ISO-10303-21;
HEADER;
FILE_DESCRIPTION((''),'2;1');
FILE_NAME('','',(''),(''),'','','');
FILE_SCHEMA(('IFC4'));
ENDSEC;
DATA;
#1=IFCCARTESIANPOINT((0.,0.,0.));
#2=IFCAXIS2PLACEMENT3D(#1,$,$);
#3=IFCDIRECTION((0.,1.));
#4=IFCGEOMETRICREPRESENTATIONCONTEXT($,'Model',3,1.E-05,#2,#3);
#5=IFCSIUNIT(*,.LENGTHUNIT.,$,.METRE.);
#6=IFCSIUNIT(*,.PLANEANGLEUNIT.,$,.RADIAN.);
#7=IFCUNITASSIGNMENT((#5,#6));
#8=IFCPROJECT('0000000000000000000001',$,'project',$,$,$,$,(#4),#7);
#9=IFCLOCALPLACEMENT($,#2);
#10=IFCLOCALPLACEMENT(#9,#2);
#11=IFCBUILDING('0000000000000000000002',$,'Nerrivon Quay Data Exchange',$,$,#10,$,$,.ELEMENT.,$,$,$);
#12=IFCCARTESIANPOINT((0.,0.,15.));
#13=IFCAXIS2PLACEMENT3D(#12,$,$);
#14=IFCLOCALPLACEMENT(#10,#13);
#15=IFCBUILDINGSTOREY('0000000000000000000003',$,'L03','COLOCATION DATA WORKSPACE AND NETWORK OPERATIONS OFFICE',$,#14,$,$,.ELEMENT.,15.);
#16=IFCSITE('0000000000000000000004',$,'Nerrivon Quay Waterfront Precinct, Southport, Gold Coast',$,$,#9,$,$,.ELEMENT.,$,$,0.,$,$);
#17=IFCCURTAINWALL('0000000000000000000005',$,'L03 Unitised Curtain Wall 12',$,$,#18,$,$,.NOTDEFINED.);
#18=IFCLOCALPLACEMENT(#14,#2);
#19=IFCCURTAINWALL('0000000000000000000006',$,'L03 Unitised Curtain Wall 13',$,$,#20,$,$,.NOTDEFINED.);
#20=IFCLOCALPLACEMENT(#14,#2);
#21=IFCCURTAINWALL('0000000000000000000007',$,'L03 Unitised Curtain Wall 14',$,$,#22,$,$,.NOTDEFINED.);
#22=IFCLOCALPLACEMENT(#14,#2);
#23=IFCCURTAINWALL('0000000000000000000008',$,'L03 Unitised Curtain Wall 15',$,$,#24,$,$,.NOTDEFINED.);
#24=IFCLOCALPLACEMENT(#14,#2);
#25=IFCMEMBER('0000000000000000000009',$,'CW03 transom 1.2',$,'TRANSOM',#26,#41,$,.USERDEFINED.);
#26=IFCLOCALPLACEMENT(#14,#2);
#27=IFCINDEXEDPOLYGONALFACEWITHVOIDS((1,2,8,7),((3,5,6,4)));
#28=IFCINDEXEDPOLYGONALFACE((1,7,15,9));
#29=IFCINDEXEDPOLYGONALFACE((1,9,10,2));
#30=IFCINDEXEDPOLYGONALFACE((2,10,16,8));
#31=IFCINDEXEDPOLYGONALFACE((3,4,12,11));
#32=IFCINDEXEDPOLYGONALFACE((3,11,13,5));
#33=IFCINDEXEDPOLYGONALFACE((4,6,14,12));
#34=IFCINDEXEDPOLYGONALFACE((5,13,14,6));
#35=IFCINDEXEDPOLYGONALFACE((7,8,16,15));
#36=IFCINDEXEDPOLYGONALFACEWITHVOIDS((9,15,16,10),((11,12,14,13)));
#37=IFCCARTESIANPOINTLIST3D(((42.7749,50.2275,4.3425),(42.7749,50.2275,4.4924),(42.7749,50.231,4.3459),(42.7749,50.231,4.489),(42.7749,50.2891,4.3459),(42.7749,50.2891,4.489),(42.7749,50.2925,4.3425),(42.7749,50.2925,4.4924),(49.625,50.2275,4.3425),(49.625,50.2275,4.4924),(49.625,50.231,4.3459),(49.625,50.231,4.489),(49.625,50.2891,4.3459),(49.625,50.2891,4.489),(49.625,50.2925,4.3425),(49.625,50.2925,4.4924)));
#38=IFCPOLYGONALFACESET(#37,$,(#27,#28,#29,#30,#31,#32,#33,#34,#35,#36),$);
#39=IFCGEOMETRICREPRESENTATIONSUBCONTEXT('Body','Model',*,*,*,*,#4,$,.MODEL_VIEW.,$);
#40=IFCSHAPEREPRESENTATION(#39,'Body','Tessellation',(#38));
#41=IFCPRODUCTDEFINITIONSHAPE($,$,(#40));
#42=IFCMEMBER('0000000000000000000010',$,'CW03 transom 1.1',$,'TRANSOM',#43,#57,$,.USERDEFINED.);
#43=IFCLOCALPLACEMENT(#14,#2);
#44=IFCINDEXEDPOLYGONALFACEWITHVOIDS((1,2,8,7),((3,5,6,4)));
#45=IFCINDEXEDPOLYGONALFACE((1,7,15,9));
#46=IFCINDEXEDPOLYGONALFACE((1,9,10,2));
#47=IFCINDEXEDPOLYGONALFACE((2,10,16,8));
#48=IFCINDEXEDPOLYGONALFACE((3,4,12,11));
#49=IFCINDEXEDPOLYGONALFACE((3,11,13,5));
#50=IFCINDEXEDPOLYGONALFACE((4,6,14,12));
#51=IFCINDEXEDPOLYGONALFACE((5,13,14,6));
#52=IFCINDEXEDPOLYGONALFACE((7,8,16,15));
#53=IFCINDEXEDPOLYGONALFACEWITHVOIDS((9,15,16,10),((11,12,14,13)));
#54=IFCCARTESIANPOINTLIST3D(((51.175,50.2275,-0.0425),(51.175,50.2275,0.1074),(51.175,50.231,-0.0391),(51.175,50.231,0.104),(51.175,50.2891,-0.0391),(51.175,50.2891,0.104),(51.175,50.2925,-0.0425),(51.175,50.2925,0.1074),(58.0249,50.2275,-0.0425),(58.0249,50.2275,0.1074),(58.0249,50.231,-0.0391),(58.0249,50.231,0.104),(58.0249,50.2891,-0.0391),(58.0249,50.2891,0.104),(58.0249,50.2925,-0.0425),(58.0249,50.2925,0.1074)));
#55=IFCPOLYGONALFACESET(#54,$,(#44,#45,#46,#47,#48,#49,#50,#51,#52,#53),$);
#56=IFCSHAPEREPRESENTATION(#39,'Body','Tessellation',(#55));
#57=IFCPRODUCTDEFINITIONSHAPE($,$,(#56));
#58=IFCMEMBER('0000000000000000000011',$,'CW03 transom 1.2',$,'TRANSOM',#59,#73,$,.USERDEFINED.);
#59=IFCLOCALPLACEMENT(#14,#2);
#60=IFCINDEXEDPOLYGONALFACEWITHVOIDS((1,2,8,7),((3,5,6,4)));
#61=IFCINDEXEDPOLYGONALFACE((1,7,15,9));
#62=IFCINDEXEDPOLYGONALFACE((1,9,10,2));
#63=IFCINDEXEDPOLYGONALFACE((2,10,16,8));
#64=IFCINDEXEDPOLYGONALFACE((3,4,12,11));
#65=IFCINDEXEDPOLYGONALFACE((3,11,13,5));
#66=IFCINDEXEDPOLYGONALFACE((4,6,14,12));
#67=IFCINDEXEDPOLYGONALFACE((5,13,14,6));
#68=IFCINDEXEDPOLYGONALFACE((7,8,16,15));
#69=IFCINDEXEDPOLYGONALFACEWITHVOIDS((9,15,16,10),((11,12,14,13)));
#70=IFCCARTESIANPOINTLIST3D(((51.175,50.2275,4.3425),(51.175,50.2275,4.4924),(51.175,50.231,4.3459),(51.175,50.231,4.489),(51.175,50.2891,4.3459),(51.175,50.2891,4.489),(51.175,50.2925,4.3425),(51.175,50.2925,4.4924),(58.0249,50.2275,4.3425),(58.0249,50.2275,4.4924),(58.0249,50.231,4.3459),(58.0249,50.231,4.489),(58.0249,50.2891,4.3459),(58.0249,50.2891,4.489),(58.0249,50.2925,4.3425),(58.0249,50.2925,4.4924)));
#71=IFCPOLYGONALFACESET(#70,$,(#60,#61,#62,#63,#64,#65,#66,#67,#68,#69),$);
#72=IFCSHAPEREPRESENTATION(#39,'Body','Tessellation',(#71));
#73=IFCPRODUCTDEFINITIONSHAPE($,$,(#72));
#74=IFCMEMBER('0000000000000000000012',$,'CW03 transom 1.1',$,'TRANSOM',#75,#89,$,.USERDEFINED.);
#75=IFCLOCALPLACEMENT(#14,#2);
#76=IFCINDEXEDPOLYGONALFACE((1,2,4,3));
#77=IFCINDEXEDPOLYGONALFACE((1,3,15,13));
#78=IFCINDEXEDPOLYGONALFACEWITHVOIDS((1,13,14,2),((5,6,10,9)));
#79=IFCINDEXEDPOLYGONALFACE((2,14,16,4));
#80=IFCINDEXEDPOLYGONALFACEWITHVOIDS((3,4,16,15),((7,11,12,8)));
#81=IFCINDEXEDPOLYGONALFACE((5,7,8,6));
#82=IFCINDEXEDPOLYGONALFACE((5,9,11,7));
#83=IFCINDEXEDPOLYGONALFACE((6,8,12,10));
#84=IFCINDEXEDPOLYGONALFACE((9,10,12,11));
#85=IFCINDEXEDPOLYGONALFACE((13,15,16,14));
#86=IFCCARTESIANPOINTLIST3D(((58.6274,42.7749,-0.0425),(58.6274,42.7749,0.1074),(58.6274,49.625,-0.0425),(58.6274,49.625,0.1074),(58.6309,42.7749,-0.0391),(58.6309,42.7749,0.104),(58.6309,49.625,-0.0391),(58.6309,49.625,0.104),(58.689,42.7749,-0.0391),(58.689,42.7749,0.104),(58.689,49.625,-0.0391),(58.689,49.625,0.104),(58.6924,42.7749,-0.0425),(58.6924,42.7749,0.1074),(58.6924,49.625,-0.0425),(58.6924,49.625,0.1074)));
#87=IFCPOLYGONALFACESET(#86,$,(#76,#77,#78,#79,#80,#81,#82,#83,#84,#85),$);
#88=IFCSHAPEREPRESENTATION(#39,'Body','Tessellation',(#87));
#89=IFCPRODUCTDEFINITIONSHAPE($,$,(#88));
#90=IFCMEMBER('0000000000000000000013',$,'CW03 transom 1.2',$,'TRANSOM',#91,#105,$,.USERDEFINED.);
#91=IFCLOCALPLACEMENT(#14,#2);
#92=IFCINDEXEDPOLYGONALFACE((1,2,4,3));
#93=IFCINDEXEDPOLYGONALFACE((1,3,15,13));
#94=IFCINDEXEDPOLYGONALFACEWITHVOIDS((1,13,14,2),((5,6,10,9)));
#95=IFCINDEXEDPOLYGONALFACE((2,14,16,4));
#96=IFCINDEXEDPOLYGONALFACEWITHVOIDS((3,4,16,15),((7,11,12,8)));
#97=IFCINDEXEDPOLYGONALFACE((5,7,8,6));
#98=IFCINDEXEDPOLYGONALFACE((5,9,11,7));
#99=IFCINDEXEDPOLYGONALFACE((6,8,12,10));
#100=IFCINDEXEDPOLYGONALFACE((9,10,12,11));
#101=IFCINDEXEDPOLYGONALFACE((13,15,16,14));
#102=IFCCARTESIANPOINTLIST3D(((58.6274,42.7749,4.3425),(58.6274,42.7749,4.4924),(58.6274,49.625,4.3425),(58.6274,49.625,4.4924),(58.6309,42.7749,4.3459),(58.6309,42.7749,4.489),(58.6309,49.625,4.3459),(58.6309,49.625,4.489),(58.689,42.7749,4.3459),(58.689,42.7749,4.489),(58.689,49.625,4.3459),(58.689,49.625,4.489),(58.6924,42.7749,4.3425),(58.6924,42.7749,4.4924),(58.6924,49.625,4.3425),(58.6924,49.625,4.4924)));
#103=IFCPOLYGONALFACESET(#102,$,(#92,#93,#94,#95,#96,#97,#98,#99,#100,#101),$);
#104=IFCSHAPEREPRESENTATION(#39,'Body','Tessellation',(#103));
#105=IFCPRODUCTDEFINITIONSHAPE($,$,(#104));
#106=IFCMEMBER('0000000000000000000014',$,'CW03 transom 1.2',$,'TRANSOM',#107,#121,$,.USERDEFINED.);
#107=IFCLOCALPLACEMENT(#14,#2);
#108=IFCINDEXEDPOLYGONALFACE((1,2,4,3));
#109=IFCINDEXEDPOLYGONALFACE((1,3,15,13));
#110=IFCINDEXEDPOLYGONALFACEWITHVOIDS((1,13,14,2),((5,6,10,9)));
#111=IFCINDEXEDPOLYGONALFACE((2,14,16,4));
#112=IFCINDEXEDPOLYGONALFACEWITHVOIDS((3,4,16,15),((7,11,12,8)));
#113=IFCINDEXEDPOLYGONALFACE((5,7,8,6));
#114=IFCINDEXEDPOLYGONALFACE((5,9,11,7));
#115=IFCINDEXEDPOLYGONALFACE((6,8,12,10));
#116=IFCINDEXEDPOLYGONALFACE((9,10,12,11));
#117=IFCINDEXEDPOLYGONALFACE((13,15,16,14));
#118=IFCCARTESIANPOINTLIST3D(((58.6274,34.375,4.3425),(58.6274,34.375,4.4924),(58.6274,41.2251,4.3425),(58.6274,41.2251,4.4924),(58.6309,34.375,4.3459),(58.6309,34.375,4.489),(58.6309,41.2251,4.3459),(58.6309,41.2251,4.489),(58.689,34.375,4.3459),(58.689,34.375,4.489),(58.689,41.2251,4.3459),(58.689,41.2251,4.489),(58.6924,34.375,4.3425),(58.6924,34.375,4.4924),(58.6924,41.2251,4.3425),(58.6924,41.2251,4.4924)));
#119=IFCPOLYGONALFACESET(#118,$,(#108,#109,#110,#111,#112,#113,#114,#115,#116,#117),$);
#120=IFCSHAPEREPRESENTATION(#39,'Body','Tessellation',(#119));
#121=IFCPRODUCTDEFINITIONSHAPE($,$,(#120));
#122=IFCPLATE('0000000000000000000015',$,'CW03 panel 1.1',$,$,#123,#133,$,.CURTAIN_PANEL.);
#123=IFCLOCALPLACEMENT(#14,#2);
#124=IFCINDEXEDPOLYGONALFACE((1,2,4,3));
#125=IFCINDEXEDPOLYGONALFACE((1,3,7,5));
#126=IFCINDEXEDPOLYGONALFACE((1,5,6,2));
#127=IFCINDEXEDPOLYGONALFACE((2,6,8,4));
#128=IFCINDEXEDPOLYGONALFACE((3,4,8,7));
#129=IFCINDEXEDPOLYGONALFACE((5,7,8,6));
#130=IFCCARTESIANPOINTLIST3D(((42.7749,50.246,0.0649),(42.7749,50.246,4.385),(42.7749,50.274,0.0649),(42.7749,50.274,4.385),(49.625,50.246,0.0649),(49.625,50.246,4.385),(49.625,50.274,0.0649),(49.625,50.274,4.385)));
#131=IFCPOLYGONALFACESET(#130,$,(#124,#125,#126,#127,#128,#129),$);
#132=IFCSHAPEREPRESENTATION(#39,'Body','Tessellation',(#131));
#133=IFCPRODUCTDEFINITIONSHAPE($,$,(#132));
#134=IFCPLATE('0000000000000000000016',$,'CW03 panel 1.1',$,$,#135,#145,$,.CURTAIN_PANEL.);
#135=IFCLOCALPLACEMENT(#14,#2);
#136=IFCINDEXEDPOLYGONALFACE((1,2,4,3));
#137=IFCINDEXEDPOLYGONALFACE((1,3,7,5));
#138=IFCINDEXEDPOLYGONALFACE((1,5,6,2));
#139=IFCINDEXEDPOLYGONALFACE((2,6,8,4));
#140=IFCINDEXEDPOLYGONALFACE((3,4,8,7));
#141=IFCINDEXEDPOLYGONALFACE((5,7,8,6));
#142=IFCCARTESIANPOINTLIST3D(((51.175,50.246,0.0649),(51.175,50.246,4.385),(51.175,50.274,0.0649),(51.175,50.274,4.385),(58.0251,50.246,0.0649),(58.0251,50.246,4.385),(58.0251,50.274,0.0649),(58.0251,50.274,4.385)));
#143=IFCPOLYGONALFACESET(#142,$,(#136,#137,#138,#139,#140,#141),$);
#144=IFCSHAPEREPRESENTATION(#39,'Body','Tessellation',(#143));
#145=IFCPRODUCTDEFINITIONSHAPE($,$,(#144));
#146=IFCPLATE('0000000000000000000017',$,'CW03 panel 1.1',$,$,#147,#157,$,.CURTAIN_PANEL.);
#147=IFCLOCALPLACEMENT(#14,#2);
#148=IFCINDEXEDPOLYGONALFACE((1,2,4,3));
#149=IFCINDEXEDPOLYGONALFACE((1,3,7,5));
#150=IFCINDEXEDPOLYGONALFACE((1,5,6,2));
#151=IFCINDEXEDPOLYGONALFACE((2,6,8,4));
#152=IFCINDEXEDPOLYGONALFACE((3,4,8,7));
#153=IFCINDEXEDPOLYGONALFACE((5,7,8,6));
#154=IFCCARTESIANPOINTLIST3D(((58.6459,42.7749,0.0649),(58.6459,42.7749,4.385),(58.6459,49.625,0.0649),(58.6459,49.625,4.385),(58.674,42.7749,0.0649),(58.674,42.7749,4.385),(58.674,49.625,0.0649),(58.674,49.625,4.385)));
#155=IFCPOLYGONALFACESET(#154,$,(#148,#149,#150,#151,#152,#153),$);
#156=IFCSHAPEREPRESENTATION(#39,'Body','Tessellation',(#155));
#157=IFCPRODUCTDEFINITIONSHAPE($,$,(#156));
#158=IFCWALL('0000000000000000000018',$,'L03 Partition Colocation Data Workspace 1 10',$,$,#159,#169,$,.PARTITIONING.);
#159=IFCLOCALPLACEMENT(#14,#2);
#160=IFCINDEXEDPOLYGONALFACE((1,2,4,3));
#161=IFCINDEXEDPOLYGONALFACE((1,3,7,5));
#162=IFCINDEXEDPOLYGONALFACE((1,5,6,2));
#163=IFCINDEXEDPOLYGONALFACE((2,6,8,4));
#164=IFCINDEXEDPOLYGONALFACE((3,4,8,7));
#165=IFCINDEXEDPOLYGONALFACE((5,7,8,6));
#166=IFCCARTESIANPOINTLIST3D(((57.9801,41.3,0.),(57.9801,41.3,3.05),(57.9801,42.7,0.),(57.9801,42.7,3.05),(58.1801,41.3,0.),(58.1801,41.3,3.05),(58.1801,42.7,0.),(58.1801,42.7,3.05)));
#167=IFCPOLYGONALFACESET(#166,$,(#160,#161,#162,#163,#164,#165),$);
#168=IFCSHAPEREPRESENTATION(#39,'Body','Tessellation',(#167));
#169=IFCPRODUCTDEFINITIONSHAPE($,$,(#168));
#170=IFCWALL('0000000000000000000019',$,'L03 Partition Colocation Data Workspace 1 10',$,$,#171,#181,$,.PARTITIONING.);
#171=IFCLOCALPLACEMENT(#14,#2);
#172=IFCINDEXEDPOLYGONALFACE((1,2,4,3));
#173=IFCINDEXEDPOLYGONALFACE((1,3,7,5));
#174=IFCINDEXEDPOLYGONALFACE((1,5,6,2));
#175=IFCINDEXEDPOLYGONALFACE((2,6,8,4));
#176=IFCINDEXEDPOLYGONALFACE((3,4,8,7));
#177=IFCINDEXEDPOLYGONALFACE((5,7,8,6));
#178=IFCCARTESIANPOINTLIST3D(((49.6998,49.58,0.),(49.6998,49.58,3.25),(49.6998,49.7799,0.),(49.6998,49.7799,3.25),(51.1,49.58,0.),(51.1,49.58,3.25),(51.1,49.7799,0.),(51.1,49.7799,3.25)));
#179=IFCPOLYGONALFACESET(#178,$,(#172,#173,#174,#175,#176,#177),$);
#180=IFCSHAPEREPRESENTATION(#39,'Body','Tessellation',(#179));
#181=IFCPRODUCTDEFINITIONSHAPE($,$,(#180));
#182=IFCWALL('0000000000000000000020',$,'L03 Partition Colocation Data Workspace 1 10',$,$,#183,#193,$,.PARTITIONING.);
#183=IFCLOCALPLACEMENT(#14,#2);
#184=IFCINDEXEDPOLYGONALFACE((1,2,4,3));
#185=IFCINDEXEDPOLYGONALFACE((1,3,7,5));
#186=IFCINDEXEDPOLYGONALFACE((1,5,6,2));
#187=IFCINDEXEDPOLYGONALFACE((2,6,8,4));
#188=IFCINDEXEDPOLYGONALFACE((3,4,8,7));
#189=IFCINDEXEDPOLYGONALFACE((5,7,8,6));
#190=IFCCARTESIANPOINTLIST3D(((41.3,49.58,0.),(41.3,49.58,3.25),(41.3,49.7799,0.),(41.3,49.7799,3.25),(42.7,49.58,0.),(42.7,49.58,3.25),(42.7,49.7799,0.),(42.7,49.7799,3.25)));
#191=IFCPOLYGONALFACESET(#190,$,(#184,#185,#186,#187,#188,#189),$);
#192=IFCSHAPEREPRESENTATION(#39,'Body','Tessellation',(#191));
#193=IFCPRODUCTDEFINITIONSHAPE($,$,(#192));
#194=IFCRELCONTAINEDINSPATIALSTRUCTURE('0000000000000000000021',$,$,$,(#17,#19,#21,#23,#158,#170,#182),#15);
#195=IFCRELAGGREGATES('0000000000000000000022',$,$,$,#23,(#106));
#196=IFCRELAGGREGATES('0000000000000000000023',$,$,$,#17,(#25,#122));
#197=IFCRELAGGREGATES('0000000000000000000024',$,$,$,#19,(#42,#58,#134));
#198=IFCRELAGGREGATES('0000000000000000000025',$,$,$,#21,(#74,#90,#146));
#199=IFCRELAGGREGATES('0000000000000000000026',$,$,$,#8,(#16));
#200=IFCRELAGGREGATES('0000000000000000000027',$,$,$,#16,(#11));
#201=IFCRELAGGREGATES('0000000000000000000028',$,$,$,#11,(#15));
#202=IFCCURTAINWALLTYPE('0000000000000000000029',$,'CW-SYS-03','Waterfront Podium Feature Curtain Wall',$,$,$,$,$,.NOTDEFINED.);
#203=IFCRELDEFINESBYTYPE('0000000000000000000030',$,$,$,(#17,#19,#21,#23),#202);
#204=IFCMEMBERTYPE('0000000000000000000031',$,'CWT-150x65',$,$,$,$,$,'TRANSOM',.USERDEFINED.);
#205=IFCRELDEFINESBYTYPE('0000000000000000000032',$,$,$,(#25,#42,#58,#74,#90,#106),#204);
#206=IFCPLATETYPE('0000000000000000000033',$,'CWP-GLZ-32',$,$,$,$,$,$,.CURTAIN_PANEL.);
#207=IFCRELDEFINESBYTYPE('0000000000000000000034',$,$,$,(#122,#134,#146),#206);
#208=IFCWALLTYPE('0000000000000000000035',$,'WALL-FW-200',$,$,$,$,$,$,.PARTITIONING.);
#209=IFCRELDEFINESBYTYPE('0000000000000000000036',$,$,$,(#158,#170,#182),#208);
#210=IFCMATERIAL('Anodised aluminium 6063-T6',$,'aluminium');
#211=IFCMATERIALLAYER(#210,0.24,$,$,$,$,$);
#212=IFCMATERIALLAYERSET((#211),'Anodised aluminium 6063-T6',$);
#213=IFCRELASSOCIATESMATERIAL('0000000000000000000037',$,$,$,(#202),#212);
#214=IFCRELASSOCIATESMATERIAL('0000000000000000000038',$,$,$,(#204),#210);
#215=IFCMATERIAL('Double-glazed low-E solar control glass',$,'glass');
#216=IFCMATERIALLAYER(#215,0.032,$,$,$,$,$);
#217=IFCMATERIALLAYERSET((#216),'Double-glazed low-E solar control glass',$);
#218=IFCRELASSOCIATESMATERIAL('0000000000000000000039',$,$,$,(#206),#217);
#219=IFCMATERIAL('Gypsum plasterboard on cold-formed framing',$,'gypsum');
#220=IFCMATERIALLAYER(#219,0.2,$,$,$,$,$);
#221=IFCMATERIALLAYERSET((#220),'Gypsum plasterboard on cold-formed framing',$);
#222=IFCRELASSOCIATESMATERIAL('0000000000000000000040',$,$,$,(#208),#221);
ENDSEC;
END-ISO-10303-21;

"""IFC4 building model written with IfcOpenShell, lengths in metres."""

from ifc_helpers import new_model, si_unit, direction, frame, frame_2d, origin, origin_2d, place, context, subcontext, project, spatial, rectangle, hollow_rectangle, extrude, material, layer, layer_set, material_profile, profile_set, type_object, element, aggregate, save


model = new_model("IFC4")

# Units and contexts
model_context = context("Model", 3, precision=1e-05, world=origin(), true_north=direction((0.0, 1.0)))
body_context = subcontext(model_context, "Body", "Model", "MODEL_VIEW")
ifc_project = project(units=[si_unit("LENGTHUNIT", "METRE"), si_unit("PLANEANGLEUNIT", "RADIAN")], contexts=[model_context])

# Site, building, storey
site_placement = place(None, origin())
site = spatial("IfcSite", under=ifc_project, at=site_placement, Name="Nerrivon Quay Waterfront Precinct, Southport, Gold Coast", CompositionType="ELEMENT", RefElevation=0.0)
building_placement = place(site_placement, origin())
building = spatial("IfcBuilding", under=site, at=building_placement, Name="Nerrivon Quay Data Exchange", CompositionType="ELEMENT")
storey_placement = place(building_placement, frame((0.0, 0.0, 15.0)))
storey = spatial("IfcBuildingStorey", under=building, at=storey_placement, Name="L03", Description="COLOCATION DATA WORKSPACE AND NETWORK OPERATIONS OFFICE", CompositionType="ELEMENT", Elevation=15.0)

# Curtain walls
ifc_material_1 = material(Name="Anodised aluminium 6063-T6", Category="aluminium")
ifc_layer_1 = layer(ifc_material_1, 0.24)
ifc_layer_set_1 = layer_set([ifc_layer_1], Name="Anodised aluminium 6063-T6")
curtain_wall_type = type_object("IfcCurtainWallType", Name="CW-SYS-03", Description="Waterfront Podium Feature Curtain Wall", PredefinedType="NOTDEFINED", material=ifc_layer_set_1)
curtain_wall_1_placement = place(storey_placement, origin())
curtain_wall_1 = element("IfcCurtainWall", 1, at=curtain_wall_1_placement, inside=storey, type_object=curtain_wall_type, Name="L03 Unitised Curtain Wall 12", PredefinedType="NOTDEFINED")
curtain_wall_2_placement = place(storey_placement, origin())
curtain_wall_2 = element("IfcCurtainWall", 2, at=curtain_wall_2_placement, inside=storey, type_object=curtain_wall_type, Name="L03 Unitised Curtain Wall 13", PredefinedType="NOTDEFINED")
curtain_wall_3_placement = place(storey_placement, origin())
curtain_wall_3 = element("IfcCurtainWall", 3, at=curtain_wall_3_placement, inside=storey, type_object=curtain_wall_type, Name="L03 Unitised Curtain Wall 14", PredefinedType="NOTDEFINED")

# Curtain wall
curtain_wall_4_placement = place(storey_placement, origin())
curtain_wall_4 = element("IfcCurtainWall", 4, at=curtain_wall_4_placement, inside=storey, type_object=curtain_wall_type, Name="L03 Unitised Curtain Wall 15", PredefinedType="NOTDEFINED")

# Members
ifc_material_profile_1 = material_profile(ifc_material_1, hollow_rectangle(XDim=0.0649, YDim=0.1499, WallThickness=0.0034, at=origin_2d()), Name="ALU-TRAN-150x65")
ifc_profile_set_1 = profile_set([ifc_material_profile_1], Name="Anodised aluminium 6063-T6")
member_type_1 = type_object("IfcMemberType", Name="CWT-150x65", ElementType="TRANSOM", PredefinedType="USERDEFINED", material=ifc_profile_set_1)
member_1_placement = place(storey_placement, frame((42.7749, 50.26, 4.4175), z_axis=(1.0, 0.0, 0.0), x_axis=(0.0, 1.0, 0.0)))
member_1 = element("IfcMember", 5, at=member_1_placement, type_object=member_type_1, Name="CW03 transom 1.2", ObjectType="TRANSOM", PredefinedType="USERDEFINED", context=body_context, shape_type="SweptSolid", body=[
    extrude(hollow_rectangle(XDim=0.0649, YDim=0.1499, WallThickness=0.0034, at=origin_2d()), origin(), (0.0, 0.0, 1.0), 6.8501),
])
member_2_placement = place(storey_placement, frame((51.175, 50.26, 0.0325), z_axis=(1.0, 0.0, 0.0), x_axis=(0.0, 1.0, 0.0)))
member_2 = element("IfcMember", 6, at=member_2_placement, type_object=member_type_1, Name="CW03 transom 1.1", ObjectType="TRANSOM", PredefinedType="USERDEFINED", context=body_context, shape_type="SweptSolid", body=[
    extrude(hollow_rectangle(XDim=0.0649, YDim=0.1499, WallThickness=0.0034, at=origin_2d()), origin(), (0.0, 0.0, 1.0), 6.8499),
])
member_3_placement = place(storey_placement, frame((51.175, 50.26, 4.4175), z_axis=(1.0, 0.0, 0.0), x_axis=(0.0, 1.0, 0.0)))
member_3 = element("IfcMember", 7, at=member_3_placement, type_object=member_type_1, Name="CW03 transom 1.2", ObjectType="TRANSOM", PredefinedType="USERDEFINED", context=body_context, shape_type="SweptSolid", body=[
    extrude(hollow_rectangle(XDim=0.0649, YDim=0.1499, WallThickness=0.0034, at=origin_2d()), origin(), (0.0, 0.0, 1.0), 6.8499),
])
member_4_placement = place(storey_placement, frame((58.6599, 49.625, 0.0325), z_axis=(0.0, -1.0, 0.0), x_axis=(1.0, 0.0, 0.0)))
member_4 = element("IfcMember", 8, at=member_4_placement, type_object=member_type_1, Name="CW03 transom 1.1", ObjectType="TRANSOM", PredefinedType="USERDEFINED", context=body_context, shape_type="SweptSolid", body=[
    extrude(hollow_rectangle(XDim=0.0649, YDim=0.1499, WallThickness=0.0034, at=origin_2d()), origin(), (0.0, 0.0, 1.0), 6.8501),
])
member_5_placement = place(storey_placement, frame((58.6599, 49.625, 4.4175), z_axis=(0.0, -1.0, 0.0), x_axis=(1.0, 0.0, 0.0)))
member_5 = element("IfcMember", 9, at=member_5_placement, type_object=member_type_1, Name="CW03 transom 1.2", ObjectType="TRANSOM", PredefinedType="USERDEFINED", context=body_context, shape_type="SweptSolid", body=[
    extrude(hollow_rectangle(XDim=0.0649, YDim=0.1499, WallThickness=0.0034, at=origin_2d()), origin(), (0.0, 0.0, 1.0), 6.8501),
])
member_6_placement = place(storey_placement, frame((58.6599, 41.2251, 4.4175), z_axis=(0.0, -1.0, 0.0), x_axis=(1.0, 0.0, 0.0)))
member_6 = element("IfcMember", 10, at=member_6_placement, type_object=member_type_1, Name="CW03 transom 1.2", ObjectType="TRANSOM", PredefinedType="USERDEFINED", context=body_context, shape_type="SweptSolid", body=[
    extrude(hollow_rectangle(XDim=0.0649, YDim=0.1499, WallThickness=0.0034, at=origin_2d()), origin(), (0.0, 0.0, 1.0), 6.8501),
])
aggregate(curtain_wall_4, [member_6])

# Plates
ifc_material_2 = material(Name="Double-glazed low-E solar control glass", Category="glass")
ifc_layer_2 = layer(ifc_material_2, 0.032)
ifc_layer_set_2 = layer_set([ifc_layer_2], Name="Double-glazed low-E solar control glass")
plate_type = type_object("IfcPlateType", Name="CWP-GLZ-32", PredefinedType="CURTAIN_PANEL", material=ifc_layer_set_2)
plate_1_placement = place(storey_placement, frame((46.2, 50.26, 0.0649), z_axis=(0.0, 0.0, 1.0), x_axis=(1.0, 0.0, 0.0)))
plate_1 = element("IfcPlate", 11, at=plate_1_placement, type_object=plate_type, Name="CW03 panel 1.1", PredefinedType="CURTAIN_PANEL", context=body_context, shape_type="SweptSolid", body=[
    extrude(rectangle(XDim=6.8501, YDim=0.0281, at=origin_2d()), origin(), (0.0, 0.0, 1.0), 4.3201),
])
aggregate(curtain_wall_1, [member_1, plate_1])
plate_2_placement = place(storey_placement, frame((54.6001, 50.26, 0.0649), z_axis=(0.0, 0.0, 1.0), x_axis=(1.0, 0.0, 0.0)))
plate_2 = element("IfcPlate", 12, at=plate_2_placement, type_object=plate_type, Name="CW03 panel 1.1", PredefinedType="CURTAIN_PANEL", context=body_context, shape_type="SweptSolid", body=[
    extrude(rectangle(XDim=6.8501, YDim=0.0281, at=origin_2d()), origin(), (0.0, 0.0, 1.0), 4.3201),
])
aggregate(curtain_wall_2, [member_2, member_3, plate_2])
plate_3_placement = place(storey_placement, frame((58.6599, 46.2, 0.0649), z_axis=(0.0, 0.0, 1.0), x_axis=(0.0, -1.0, 0.0)))
plate_3 = element("IfcPlate", 13, at=plate_3_placement, type_object=plate_type, Name="CW03 panel 1.1", PredefinedType="CURTAIN_PANEL", context=body_context, shape_type="SweptSolid", body=[
    extrude(rectangle(XDim=6.8501, YDim=0.0281, at=origin_2d()), origin(), (0.0, 0.0, 1.0), 4.3201),
])
aggregate(curtain_wall_3, [member_4, member_5, plate_3])

# Walls
ifc_material_3 = material(Name="Gypsum plasterboard on cold-formed framing", Category="gypsum")
ifc_layer_3 = layer(ifc_material_3, 0.2)
ifc_layer_set_3 = layer_set([ifc_layer_3], Name="Gypsum plasterboard on cold-formed framing")
wall_type = type_object("IfcWallType", Name="WALL-FW-200", PredefinedType="PARTITIONING", material=ifc_layer_set_3)
wall_1_placement = place(storey_placement, frame((58.0801, 41.3, 0.0), z_axis=(0.0, 0.0, 1.0), x_axis=(0.0, 1.0, 0.0)))
element("IfcWall", 14, at=wall_1_placement, inside=storey, type_object=wall_type, Name="L03 Partition Colocation Data Workspace 1 10", PredefinedType="PARTITIONING", context=body_context, shape_type="SweptSolid", body=[
    extrude(rectangle(XDim=1.3999, YDim=0.2, at=frame_2d((0.7, 0.0))), origin(), (0.0, 0.0, 1.0), 3.05),
])
wall_2_placement = place(storey_placement, frame((51.1001, 49.6799, 0.0), z_axis=(0.0, 0.0, 1.0), x_axis=(-1.0, 0.0, 0.0)))
element("IfcWall", 15, at=wall_2_placement, inside=storey, type_object=wall_type, Name="L03 Partition Colocation Data Workspace 1 10", PredefinedType="PARTITIONING", context=body_context, shape_type="SweptSolid", body=[
    extrude(rectangle(XDim=1.4001, YDim=0.2, at=frame_2d((0.7002, 0.0))), origin(), (0.0, 0.0, 1.0), 3.25),
])
wall_3_placement = place(storey_placement, frame((42.7, 49.6799, 0.0), z_axis=(0.0, 0.0, 1.0), x_axis=(-1.0, 0.0, 0.0)))
element("IfcWall", 16, at=wall_3_placement, inside=storey, type_object=wall_type, Name="L03 Partition Colocation Data Workspace 1 10", PredefinedType="PARTITIONING", context=body_context, shape_type="SweptSolid", body=[
    extrude(rectangle(XDim=1.3999, YDim=0.2, at=frame_2d((0.7, 0.0))), origin(), (0.0, 0.0, 1.0), 3.25),
])

save(model, "model.ifc")
